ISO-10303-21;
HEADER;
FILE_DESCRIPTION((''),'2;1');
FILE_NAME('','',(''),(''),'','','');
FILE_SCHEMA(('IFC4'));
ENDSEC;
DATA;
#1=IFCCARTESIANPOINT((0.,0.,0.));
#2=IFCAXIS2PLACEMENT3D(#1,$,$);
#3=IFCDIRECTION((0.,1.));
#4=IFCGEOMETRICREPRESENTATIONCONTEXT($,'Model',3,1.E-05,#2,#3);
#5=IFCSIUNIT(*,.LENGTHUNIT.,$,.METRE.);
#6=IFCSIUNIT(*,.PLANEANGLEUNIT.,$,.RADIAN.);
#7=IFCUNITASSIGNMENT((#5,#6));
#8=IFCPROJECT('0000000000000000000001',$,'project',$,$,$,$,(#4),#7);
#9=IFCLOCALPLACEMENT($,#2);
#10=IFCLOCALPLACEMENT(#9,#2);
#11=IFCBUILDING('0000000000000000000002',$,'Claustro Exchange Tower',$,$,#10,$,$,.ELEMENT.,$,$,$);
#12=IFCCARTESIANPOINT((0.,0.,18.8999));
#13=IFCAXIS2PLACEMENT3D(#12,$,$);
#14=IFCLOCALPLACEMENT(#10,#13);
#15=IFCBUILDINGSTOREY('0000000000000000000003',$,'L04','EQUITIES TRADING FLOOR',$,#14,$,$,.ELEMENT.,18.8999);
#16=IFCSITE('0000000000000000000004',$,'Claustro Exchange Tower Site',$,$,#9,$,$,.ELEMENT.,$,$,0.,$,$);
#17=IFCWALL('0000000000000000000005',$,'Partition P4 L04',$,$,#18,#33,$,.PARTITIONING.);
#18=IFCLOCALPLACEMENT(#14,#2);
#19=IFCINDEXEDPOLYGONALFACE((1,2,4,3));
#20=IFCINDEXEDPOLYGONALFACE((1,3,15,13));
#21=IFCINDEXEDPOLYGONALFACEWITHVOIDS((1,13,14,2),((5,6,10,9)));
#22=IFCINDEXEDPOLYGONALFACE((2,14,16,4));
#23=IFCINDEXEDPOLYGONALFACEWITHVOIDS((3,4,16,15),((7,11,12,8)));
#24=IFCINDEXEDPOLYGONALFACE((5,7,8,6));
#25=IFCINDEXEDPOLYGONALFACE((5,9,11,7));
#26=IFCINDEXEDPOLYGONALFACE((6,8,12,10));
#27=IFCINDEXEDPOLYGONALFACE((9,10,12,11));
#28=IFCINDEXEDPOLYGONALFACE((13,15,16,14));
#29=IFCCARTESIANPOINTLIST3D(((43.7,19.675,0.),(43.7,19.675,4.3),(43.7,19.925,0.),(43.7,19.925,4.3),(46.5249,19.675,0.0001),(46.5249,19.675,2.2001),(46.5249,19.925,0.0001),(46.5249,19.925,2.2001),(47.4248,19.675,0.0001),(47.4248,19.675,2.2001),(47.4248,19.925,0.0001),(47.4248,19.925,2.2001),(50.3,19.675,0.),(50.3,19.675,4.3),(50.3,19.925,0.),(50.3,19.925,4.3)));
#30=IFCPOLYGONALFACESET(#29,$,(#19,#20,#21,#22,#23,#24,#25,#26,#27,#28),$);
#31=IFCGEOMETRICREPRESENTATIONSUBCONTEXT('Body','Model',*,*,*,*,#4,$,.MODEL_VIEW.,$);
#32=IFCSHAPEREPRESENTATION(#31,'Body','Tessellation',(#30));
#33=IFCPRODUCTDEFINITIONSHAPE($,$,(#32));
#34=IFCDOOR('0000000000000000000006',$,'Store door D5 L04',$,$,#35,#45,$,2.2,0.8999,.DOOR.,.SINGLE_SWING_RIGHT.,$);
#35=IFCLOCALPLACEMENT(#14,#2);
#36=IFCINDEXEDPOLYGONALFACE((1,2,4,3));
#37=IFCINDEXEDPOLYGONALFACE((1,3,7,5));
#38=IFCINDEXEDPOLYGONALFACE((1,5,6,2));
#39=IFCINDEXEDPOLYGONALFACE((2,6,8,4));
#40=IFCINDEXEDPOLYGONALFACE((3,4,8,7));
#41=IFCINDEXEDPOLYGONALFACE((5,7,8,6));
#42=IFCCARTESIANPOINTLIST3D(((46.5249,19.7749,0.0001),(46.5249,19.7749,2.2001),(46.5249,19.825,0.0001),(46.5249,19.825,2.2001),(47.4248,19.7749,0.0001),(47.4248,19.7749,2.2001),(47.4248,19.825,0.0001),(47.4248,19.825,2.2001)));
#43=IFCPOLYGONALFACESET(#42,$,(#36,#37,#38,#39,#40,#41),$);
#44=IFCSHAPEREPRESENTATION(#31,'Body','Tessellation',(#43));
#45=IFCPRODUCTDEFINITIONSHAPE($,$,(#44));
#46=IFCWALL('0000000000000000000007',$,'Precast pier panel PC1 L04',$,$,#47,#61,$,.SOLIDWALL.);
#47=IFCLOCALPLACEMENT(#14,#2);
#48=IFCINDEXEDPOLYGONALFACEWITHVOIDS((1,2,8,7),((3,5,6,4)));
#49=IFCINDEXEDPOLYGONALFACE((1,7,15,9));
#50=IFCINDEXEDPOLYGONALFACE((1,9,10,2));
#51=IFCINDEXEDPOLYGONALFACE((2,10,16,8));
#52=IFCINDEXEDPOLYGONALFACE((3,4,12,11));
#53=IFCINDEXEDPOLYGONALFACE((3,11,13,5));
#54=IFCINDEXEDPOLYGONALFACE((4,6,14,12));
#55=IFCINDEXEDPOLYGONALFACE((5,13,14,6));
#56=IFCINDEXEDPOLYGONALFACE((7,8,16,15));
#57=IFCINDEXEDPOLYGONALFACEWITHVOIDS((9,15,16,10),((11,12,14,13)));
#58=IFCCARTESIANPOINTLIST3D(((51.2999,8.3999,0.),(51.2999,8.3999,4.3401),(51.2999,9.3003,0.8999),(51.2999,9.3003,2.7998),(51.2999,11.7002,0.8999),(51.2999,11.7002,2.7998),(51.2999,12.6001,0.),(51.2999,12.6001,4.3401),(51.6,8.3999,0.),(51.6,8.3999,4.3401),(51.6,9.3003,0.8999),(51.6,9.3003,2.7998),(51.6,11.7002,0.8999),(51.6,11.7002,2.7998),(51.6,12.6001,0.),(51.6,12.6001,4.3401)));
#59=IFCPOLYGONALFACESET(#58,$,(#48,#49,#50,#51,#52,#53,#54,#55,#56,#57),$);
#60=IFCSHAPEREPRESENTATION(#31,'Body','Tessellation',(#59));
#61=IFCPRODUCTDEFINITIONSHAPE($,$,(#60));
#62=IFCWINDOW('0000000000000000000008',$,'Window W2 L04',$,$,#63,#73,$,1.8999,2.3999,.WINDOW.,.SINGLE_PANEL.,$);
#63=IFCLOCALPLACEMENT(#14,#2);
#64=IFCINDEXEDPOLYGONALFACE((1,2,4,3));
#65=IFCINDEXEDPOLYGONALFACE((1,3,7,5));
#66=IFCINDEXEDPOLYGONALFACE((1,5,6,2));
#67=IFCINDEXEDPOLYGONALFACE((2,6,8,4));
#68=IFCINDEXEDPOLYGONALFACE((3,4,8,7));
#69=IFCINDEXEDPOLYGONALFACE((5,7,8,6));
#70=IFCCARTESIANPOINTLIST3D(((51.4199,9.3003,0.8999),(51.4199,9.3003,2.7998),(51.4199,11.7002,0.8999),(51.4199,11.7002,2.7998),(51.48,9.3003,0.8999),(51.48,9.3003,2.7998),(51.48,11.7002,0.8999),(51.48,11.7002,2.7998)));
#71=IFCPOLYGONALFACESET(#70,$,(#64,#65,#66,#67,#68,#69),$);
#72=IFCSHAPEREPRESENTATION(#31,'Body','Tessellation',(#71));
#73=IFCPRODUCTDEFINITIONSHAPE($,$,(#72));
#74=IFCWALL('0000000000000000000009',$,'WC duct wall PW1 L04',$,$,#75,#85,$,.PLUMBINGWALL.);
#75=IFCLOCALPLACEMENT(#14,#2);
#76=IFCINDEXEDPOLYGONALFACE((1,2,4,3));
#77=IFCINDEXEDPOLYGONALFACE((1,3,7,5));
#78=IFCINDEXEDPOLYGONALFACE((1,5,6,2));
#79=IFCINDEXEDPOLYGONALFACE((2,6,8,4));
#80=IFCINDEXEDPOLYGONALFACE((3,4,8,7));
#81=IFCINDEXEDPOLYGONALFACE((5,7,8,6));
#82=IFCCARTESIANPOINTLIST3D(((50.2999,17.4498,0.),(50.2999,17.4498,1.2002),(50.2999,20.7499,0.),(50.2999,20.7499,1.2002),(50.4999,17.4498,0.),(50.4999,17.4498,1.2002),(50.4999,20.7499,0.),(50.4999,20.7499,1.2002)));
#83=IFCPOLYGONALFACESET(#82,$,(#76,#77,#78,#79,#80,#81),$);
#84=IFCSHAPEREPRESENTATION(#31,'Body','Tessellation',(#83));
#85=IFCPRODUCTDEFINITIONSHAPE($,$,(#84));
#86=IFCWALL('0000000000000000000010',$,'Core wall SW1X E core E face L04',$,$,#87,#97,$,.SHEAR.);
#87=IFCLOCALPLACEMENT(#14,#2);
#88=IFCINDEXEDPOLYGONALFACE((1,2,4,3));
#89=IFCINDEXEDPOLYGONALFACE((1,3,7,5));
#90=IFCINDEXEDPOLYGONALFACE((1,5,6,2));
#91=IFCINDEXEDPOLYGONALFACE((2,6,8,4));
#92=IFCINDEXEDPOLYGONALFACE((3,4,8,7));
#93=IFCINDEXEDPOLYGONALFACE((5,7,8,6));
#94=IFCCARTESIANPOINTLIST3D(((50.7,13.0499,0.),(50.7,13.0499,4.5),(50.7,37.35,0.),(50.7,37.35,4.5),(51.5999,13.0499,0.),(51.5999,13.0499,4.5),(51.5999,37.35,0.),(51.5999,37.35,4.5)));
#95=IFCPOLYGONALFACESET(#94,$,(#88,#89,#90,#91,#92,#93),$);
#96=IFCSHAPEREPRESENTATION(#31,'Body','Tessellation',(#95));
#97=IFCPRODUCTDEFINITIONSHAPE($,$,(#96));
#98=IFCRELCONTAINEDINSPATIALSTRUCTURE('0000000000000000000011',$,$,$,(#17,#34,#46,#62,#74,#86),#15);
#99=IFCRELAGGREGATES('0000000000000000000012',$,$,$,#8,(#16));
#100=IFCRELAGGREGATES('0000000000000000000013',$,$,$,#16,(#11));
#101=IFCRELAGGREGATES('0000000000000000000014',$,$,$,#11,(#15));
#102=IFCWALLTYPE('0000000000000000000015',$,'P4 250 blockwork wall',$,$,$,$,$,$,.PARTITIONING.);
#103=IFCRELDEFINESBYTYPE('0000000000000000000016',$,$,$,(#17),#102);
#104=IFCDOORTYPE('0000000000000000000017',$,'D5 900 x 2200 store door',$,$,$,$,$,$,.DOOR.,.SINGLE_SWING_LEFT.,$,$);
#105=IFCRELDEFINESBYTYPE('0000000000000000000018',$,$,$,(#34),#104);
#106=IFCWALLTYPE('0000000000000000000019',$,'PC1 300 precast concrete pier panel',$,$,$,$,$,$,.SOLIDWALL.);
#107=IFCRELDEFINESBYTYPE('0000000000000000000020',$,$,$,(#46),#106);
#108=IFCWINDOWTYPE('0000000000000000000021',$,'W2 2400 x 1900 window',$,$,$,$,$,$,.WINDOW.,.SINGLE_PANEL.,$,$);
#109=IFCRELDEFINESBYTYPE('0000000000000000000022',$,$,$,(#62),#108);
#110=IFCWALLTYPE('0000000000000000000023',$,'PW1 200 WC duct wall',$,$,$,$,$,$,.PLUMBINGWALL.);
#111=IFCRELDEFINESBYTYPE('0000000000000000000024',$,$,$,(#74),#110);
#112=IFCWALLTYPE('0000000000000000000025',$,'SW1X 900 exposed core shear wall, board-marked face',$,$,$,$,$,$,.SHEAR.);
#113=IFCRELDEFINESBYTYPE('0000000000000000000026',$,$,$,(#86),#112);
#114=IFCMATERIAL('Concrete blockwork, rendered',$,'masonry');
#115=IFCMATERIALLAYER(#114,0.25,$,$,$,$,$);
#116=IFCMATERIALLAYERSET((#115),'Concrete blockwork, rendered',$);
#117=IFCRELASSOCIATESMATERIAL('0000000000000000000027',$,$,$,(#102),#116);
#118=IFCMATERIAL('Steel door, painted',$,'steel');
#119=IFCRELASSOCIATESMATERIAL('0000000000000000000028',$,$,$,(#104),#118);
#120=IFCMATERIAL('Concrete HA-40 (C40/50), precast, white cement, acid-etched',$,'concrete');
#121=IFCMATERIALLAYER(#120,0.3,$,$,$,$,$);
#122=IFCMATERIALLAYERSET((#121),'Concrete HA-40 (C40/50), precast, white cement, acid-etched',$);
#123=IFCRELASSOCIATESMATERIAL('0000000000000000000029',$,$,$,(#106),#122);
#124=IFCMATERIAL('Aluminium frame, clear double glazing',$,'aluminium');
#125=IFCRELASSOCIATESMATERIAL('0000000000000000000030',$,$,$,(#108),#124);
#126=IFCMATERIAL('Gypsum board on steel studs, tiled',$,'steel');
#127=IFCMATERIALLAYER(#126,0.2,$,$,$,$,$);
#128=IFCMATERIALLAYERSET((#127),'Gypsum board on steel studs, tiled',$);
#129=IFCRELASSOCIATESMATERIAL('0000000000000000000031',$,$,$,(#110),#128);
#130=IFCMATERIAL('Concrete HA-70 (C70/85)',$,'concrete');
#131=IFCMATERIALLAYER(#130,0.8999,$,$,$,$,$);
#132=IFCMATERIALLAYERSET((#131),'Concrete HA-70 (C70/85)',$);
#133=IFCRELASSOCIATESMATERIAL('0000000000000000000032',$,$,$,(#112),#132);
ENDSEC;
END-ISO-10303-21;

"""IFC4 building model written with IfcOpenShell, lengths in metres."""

from ifc_helpers import new_model, si_unit, direction, frame, frame_2d, origin, place, context, subcontext, project, spatial, rectangle, extrude, material, layer, layer_set, type_object, element, fill, save


model = new_model("IFC4")

# Units and contexts
model_context = context("Model", 3, precision=1e-05, world=origin(), true_north=direction((0.0, 1.0)))
body_context = subcontext(model_context, "Body", "Model", "MODEL_VIEW")
ifc_project = project(units=[si_unit("LENGTHUNIT", "METRE"), si_unit("PLANEANGLEUNIT", "RADIAN")], contexts=[model_context])

# Site, building, storey
site_placement = place(None, origin())
site = spatial("IfcSite", under=ifc_project, at=site_placement, Name="Claustro Exchange Tower Site", CompositionType="ELEMENT", RefElevation=0.0)
building_placement = place(site_placement, origin())
building = spatial("IfcBuilding", under=site, at=building_placement, Name="Claustro Exchange Tower", CompositionType="ELEMENT")
storey_placement = place(building_placement, frame((0.0, 0.0, 18.8999)))
storey = spatial("IfcBuildingStorey", under=building, at=storey_placement, Name="L04", Description="EQUITIES TRADING FLOOR", CompositionType="ELEMENT", Elevation=18.8999)

# Wall, opening, door
ifc_material_1 = material(Name="Concrete blockwork, rendered", Category="masonry")
ifc_layer_1 = layer(ifc_material_1, 0.25)
ifc_layer_set_1 = layer_set([ifc_layer_1], Name="Concrete blockwork, rendered")
wall_type_1 = type_object("IfcWallType", Name="P4 250 blockwork wall", PredefinedType="PARTITIONING", material=ifc_layer_set_1)
wall_1_placement = place(storey_placement, frame((43.7, 19.8, 0.0), z_axis=(0.0, 0.0, 1.0), x_axis=(1.0, 0.0, 0.0)))
wall_1 = element("IfcWall", 1, at=wall_1_placement, inside=storey, type_object=wall_type_1, Name="Partition P4 L04", PredefinedType="PARTITIONING", context=body_context, shape_type="SweptSolid", body=[
    extrude(rectangle(XDim=6.6001, YDim=0.25, at=frame_2d((3.3, 0.0))), origin(), (0.0, 0.0, 1.0), 4.3),
])
opening_1_placement = place(wall_1_placement, frame((2.825, 0.0, 0.0)))
opening_1 = element("IfcOpeningElement", 2, at=opening_1_placement, cuts=wall_1, PredefinedType="OPENING", context=body_context, shape_type="SweptSolid", body=[
    extrude(rectangle(XDim=0.8999, YDim=2.2, at=frame_2d((0.45, 1.1001))), frame((0.0, 0.135, 0.0), z_axis=(0.0, -1.0, 0.0), x_axis=(1.0, 0.0, 0.0)), (0.0, 0.0, 1.0), 0.27),
])
ifc_material_2 = material(Name="Steel door, painted", Category="steel")
door_type_1 = type_object("IfcDoorType", Name="D5 900 x 2200 store door", OperationType="SINGLE_SWING_LEFT", PredefinedType="DOOR", material=ifc_material_2)
door_1_placement = place(opening_1_placement, origin())
door_1 = element("IfcDoor", 3, at=door_1_placement, inside=storey, type_object=door_type_1, Name="Store door D5 L04", OperationType="SINGLE_SWING_RIGHT", OverallHeight=2.2, OverallWidth=0.8999, PredefinedType="DOOR", context=body_context, shape_type="SweptSolid", body=[
    extrude(rectangle(XDim=0.8999, YDim=2.2, at=frame_2d((0.45, 1.1001))), frame((0.0, 0.0249, 0.0), z_axis=(0.0, -1.0, 0.0), x_axis=(1.0, 0.0, 0.0)), (0.0, 0.0, 1.0), 0.05),
])
fill(opening_1, door_1)

# Wall, opening, window
ifc_material_3 = material(Name="Concrete HA-40 (C40/50), precast, white cement, acid-etched", Category="concrete")
ifc_layer_2 = layer(ifc_material_3, 0.3)
ifc_layer_set_2 = layer_set([ifc_layer_2], Name="Concrete HA-40 (C40/50), precast, white cement, acid-etched")
wall_type_2 = type_object("IfcWallType", Name="PC1 300 precast concrete pier panel", PredefinedType="SOLIDWALL", material=ifc_layer_set_2)
wall_2_placement = place(storey_placement, frame((51.45, 12.6001, 0.0), z_axis=(0.0, 0.0, 1.0), x_axis=(0.0, -1.0, 0.0)))
wall_2 = element("IfcWall", 4, at=wall_2_placement, inside=storey, type_object=wall_type_2, Name="Precast pier panel PC1 L04", PredefinedType="SOLIDWALL", context=body_context, shape_type="SweptSolid", body=[
    extrude(rectangle(XDim=4.2002, YDim=0.3, at=frame_2d((2.1001, 0.0))), origin(), (0.0, 0.0, 1.0), 4.3401),
])
opening_2_placement = place(wall_2_placement, frame((0.8999, 0.0, 0.8999)))
opening_2 = element("IfcOpeningElement", 5, at=opening_2_placement, cuts=wall_2, PredefinedType="OPENING", context=body_context, shape_type="SweptSolid", body=[
    extrude(rectangle(XDim=2.3999, YDim=1.8999, at=frame_2d((1.2, 0.95))), frame((0.0, 0.1599, 0.0), z_axis=(0.0, -1.0, 0.0), x_axis=(1.0, 0.0, 0.0)), (0.0, 0.0, 1.0), 0.3201),
])
ifc_material_4 = material(Name="Aluminium frame, clear double glazing", Category="aluminium")
window_type = type_object("IfcWindowType", Name="W2 2400 x 1900 window", PartitioningType="SINGLE_PANEL", PredefinedType="WINDOW", material=ifc_material_4)
window_placement = place(opening_2_placement, origin())
window = element("IfcWindow", 6, at=window_placement, inside=storey, type_object=window_type, Name="Window W2 L04", OverallHeight=1.8999, OverallWidth=2.3999, PartitioningType="SINGLE_PANEL", PredefinedType="WINDOW", context=body_context, shape_type="SweptSolid", body=[
    extrude(rectangle(XDim=2.3999, YDim=1.8999, at=frame_2d((1.2, 0.95))), frame((0.0, 0.03, 0.0), z_axis=(0.0, -1.0, 0.0), x_axis=(1.0, 0.0, 0.0)), (0.0, 0.0, 1.0), 0.0601),
])
fill(opening_2, window)

# Walls
ifc_material_5 = material(Name="Gypsum board on steel studs, tiled", Category="steel")
ifc_layer_3 = layer(ifc_material_5, 0.2)
ifc_layer_set_3 = layer_set([ifc_layer_3], Name="Gypsum board on steel studs, tiled")
wall_type_3 = type_object("IfcWallType", Name="PW1 200 WC duct wall", PredefinedType="PLUMBINGWALL", material=ifc_layer_set_3)
wall_3_placement = place(storey_placement, frame((50.3999, 17.45, 0.0), z_axis=(0.0, 0.0, 1.0), x_axis=(0.0, 1.0, 0.0)))
element("IfcWall", 7, at=wall_3_placement, inside=storey, type_object=wall_type_3, Name="WC duct wall PW1 L04", PredefinedType="PLUMBINGWALL", context=body_context, shape_type="SweptSolid", body=[
    extrude(rectangle(XDim=3.3, YDim=0.2, at=frame_2d((1.6499, 0.0))), origin(), (0.0, 0.0, 1.0), 1.2002),
])
ifc_material_6 = material(Name="Concrete HA-70 (C70/85)", Category="concrete")
ifc_layer_4 = layer(ifc_material_6, 0.8999)
ifc_layer_set_4 = layer_set([ifc_layer_4], Name="Concrete HA-70 (C70/85)")
wall_type_4 = type_object("IfcWallType", Name="SW1X 900 exposed core shear wall, board-marked face", PredefinedType="SHEAR", material=ifc_layer_set_4)
wall_4_placement = place(storey_placement, frame((51.1499, 13.05, 0.0), z_axis=(0.0, 0.0, 1.0), x_axis=(0.0, 1.0, 0.0)))
element("IfcWall", 8, at=wall_4_placement, inside=storey, type_object=wall_type_4, Name="Core wall SW1X E core E face L04", PredefinedType="SHEAR", context=body_context, shape_type="SweptSolid", body=[
    extrude(rectangle(XDim=24.3, YDim=0.8999, at=frame_2d((12.1499, 0.0))), origin(), (0.0, 0.0, 1.0), 4.5),
])

save(model, "model.ifc")
